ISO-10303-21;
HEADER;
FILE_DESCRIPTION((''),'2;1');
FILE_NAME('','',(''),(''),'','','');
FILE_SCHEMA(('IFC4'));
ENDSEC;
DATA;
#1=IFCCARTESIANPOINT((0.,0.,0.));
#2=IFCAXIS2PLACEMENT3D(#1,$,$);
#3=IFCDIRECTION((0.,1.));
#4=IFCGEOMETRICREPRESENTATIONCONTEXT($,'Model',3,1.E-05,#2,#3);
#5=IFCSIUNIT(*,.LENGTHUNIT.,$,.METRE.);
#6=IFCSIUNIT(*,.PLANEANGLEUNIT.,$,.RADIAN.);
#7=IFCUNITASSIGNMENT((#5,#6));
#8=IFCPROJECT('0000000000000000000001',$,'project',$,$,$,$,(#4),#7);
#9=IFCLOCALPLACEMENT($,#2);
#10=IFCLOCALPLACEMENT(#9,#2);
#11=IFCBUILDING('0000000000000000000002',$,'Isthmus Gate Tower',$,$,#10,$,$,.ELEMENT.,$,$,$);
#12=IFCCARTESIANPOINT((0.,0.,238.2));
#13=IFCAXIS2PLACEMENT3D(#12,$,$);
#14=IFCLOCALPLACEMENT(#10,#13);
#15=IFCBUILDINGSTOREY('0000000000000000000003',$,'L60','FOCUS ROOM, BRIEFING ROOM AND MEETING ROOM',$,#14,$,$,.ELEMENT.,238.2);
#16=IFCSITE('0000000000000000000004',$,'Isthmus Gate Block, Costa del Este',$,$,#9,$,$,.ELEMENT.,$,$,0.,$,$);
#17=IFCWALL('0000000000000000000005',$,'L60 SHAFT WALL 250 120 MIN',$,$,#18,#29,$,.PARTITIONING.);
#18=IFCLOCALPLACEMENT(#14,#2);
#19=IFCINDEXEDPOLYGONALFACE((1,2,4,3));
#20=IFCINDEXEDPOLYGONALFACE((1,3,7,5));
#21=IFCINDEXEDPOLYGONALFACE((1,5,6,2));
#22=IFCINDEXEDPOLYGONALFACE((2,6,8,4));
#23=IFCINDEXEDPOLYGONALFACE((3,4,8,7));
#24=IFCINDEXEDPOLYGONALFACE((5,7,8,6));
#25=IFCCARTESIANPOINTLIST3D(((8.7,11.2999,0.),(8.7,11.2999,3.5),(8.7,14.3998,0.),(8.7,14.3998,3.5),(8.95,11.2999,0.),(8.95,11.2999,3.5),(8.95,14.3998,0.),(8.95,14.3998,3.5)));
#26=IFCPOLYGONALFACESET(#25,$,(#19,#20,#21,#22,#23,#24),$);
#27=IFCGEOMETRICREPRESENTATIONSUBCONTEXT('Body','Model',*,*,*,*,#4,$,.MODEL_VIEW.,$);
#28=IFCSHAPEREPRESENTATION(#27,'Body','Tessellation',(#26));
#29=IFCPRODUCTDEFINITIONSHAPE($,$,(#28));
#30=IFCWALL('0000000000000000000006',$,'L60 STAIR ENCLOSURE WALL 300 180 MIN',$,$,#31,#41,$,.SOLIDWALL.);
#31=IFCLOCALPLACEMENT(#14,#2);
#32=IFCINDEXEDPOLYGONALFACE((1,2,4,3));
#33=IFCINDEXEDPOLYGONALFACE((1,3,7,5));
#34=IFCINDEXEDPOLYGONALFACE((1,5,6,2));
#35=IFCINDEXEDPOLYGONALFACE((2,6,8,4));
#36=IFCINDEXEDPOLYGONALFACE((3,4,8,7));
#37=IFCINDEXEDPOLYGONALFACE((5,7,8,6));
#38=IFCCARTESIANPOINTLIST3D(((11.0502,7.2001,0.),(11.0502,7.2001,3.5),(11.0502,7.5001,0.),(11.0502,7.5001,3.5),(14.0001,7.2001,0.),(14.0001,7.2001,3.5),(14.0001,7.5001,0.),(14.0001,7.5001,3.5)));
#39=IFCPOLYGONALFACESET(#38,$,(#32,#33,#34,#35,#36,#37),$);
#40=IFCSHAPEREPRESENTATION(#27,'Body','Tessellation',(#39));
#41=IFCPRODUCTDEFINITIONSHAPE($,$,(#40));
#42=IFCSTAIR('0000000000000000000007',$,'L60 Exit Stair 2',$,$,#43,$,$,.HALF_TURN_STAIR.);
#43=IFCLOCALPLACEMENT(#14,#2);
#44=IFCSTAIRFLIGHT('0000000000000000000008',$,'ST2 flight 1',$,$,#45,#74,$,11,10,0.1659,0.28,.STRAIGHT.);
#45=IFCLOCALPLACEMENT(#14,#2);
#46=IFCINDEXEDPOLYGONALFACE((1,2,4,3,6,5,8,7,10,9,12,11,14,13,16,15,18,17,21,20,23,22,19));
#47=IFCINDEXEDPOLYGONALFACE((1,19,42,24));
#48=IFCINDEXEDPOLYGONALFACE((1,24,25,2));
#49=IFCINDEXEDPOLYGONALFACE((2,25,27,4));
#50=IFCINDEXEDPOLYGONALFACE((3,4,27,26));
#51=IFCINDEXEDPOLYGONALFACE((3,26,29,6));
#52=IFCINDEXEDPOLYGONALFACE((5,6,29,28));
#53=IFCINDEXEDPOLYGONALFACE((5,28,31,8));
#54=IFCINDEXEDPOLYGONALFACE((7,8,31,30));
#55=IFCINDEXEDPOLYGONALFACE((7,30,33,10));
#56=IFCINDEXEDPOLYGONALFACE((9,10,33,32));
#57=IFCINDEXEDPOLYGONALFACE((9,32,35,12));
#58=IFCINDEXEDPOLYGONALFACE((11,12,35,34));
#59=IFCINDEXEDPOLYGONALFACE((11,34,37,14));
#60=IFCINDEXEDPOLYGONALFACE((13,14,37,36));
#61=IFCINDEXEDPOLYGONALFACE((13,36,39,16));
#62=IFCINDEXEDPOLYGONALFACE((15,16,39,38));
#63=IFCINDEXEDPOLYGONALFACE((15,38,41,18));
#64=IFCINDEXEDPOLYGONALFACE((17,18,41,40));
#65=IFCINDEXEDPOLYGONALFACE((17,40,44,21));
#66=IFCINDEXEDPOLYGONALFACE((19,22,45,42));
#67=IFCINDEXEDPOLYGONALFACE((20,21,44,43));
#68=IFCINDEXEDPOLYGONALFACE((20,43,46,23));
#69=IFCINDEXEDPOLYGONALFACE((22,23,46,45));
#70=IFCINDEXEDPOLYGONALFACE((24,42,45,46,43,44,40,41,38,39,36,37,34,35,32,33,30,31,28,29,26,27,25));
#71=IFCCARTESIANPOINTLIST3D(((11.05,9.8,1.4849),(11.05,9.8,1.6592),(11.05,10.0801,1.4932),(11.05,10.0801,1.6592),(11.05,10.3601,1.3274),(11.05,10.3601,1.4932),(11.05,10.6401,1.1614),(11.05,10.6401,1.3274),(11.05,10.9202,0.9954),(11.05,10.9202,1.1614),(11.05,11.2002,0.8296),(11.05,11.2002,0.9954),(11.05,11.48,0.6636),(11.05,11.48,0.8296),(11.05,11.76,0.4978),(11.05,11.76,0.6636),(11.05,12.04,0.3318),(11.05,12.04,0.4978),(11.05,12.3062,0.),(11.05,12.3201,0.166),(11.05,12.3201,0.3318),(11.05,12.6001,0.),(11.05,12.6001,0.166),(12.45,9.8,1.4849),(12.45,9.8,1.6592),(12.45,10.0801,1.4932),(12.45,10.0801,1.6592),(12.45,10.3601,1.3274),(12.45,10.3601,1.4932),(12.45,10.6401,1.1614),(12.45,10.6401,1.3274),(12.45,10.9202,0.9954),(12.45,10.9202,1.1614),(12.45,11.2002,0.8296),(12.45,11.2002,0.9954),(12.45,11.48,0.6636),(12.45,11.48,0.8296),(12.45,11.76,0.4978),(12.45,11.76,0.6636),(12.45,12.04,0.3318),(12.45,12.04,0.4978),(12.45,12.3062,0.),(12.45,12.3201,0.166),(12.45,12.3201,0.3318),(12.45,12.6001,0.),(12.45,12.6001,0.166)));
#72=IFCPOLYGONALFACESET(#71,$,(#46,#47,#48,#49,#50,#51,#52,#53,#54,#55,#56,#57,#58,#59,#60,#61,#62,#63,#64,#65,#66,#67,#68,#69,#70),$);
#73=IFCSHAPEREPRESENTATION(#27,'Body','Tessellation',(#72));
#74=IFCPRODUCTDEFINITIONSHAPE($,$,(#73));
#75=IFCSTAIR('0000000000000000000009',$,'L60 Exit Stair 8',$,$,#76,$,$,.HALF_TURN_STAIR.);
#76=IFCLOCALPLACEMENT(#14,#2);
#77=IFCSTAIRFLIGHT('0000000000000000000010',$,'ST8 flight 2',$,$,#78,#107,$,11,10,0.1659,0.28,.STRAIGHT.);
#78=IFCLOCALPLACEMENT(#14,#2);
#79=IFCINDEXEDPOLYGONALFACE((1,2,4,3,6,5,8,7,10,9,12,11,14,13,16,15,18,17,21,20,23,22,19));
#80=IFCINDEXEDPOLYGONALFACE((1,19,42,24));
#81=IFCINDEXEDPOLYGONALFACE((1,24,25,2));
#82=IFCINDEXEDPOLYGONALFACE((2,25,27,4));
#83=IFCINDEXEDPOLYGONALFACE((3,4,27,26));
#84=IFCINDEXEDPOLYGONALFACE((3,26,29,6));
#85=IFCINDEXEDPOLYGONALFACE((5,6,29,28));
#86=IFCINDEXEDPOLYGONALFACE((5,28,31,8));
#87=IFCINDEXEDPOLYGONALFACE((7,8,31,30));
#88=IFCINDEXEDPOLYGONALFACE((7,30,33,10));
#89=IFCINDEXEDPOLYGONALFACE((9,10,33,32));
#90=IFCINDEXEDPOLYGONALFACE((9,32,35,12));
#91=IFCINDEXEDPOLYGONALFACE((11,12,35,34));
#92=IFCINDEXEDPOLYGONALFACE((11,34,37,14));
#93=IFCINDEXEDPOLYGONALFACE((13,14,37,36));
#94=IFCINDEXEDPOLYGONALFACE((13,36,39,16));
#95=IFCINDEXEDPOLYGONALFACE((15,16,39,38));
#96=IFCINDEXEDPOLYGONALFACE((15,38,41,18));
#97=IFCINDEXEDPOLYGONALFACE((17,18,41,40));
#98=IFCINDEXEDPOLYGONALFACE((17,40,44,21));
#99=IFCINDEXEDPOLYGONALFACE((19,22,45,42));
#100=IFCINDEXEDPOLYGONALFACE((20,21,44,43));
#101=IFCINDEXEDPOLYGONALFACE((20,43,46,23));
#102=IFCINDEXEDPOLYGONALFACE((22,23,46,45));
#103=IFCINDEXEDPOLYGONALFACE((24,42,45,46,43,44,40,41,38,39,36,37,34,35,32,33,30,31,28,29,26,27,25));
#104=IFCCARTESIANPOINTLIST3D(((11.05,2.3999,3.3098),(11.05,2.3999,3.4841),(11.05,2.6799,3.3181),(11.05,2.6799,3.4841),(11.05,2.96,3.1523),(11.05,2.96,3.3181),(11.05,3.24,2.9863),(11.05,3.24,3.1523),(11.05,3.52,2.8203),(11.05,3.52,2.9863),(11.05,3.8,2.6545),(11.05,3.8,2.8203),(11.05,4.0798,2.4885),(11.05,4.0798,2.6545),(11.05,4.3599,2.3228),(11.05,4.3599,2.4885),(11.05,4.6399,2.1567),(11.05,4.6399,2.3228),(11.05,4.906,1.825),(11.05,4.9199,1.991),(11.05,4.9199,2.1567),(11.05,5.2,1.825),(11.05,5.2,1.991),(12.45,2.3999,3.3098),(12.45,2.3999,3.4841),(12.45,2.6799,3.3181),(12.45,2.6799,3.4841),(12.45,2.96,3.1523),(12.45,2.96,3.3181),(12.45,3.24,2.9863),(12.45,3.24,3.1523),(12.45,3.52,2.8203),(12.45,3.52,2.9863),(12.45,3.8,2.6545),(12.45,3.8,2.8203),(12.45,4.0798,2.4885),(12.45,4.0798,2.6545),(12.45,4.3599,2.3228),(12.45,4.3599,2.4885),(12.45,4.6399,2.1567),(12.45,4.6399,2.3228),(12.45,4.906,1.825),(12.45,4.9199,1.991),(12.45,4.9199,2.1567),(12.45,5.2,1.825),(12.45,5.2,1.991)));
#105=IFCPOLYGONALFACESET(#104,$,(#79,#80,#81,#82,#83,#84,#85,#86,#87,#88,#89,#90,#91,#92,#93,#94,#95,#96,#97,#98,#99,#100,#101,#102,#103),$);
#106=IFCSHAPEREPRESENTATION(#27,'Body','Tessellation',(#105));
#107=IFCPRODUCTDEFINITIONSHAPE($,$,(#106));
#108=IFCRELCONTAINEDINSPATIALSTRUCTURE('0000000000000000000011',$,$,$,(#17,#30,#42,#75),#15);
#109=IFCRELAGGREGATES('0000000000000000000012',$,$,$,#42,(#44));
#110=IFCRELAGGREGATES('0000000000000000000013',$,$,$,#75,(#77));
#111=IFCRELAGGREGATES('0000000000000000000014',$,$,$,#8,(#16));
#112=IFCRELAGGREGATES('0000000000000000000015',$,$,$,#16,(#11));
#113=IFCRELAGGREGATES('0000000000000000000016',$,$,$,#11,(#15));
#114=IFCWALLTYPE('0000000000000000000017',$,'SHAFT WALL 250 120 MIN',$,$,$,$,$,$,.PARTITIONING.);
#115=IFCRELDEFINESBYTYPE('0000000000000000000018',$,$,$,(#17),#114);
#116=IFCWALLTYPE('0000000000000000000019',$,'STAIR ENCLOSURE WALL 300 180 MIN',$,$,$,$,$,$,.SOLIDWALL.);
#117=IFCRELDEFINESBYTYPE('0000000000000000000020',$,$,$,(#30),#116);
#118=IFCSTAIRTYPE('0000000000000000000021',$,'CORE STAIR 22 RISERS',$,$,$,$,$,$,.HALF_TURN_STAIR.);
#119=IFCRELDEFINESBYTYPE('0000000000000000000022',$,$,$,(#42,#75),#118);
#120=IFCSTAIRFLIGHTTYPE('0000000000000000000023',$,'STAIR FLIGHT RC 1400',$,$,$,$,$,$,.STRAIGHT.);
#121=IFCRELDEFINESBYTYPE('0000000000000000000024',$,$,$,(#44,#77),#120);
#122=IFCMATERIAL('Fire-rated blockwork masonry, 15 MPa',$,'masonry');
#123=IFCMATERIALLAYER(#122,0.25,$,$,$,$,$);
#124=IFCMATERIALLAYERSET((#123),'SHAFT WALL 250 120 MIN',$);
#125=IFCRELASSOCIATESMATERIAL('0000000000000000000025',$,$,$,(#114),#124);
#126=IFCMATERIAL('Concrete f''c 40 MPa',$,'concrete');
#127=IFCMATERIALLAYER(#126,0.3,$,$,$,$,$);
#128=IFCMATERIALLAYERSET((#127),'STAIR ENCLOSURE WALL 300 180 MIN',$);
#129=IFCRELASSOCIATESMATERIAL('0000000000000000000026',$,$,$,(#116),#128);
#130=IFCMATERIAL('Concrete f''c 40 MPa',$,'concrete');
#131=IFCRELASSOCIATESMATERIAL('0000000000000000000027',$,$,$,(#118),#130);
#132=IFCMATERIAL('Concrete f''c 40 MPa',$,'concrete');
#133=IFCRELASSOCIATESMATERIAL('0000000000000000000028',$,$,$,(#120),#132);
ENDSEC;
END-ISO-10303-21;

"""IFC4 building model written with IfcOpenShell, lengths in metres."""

from ifc_helpers import new_model, si_unit, direction, frame, frame_2d, origin, place, context, subcontext, project, spatial, polyline, rectangle, outline, extrude, material, layer, layer_set, type_object, element, aggregate, save


model = new_model("IFC4")

# Units and contexts
model_context = context("Model", 3, precision=1e-05, world=origin(), true_north=direction((0.0, 1.0)))
body_context = subcontext(model_context, "Body", "Model", "MODEL_VIEW")
ifc_project = project(units=[si_unit("LENGTHUNIT", "METRE"), si_unit("PLANEANGLEUNIT", "RADIAN")], contexts=[model_context])

# Site, building, storey
site_placement = place(None, origin())
site = spatial("IfcSite", under=ifc_project, at=site_placement, Name="Isthmus Gate Block, Costa del Este", CompositionType="ELEMENT", RefElevation=0.0)
building_placement = place(site_placement, origin())
building = spatial("IfcBuilding", under=site, at=building_placement, Name="Isthmus Gate Tower", CompositionType="ELEMENT")
storey_placement = place(building_placement, frame((0.0, 0.0, 238.2)))
storey = spatial("IfcBuildingStorey", under=building, at=storey_placement, Name="L60", Description="FOCUS ROOM, BRIEFING ROOM AND MEETING ROOM", CompositionType="ELEMENT", Elevation=238.2)

# Walls
ifc_material_1 = material(Name="Fire-rated blockwork masonry, 15 MPa", Category="masonry")
ifc_layer_1 = layer(ifc_material_1, 0.25)
ifc_layer_set_1 = layer_set([ifc_layer_1], Name="SHAFT WALL 250 120 MIN")
wall_type_1 = type_object("IfcWallType", Name="SHAFT WALL 250 120 MIN", PredefinedType="PARTITIONING", material=ifc_layer_set_1)
for number, where, z_axis, x_axis, name in (
    (1, (8.825, 11.3, 0.0), (0.0, 0.0, 1.0), (0.0, 1.0, 0.0), "L60 SHAFT WALL 250 120 MIN"),
):
    element("IfcWall", number, at=place(storey_placement, frame(where, z_axis=z_axis, x_axis=x_axis)), inside=storey, type_object=wall_type_1, Name=name, PredefinedType="PARTITIONING", context=body_context, shape_type="SweptSolid", body=[
        extrude(rectangle(XDim=3.0999, YDim=0.25, at=frame_2d((1.5498, 0.0))), origin(), (0.0, 0.0, 1.0), 3.5),
    ])
ifc_material_2 = material(Name="Concrete f'c 40 MPa", Category="concrete")
ifc_layer_2 = layer(ifc_material_2, 0.3)
ifc_layer_set_2 = layer_set([ifc_layer_2], Name="STAIR ENCLOSURE WALL 300 180 MIN")
wall_type_2 = type_object("IfcWallType", Name="STAIR ENCLOSURE WALL 300 180 MIN", PredefinedType="SOLIDWALL", material=ifc_layer_set_2)
wall_1_placement = place(storey_placement, frame((11.05, 7.3501, 0.0), z_axis=(0.0, 0.0, 1.0), x_axis=(1.0, 0.0, 0.0)))
element("IfcWall", 2, at=wall_1_placement, inside=storey, type_object=wall_type_2, Name="L60 STAIR ENCLOSURE WALL 300 180 MIN", PredefinedType="SOLIDWALL", context=body_context, shape_type="SweptSolid", body=[
    extrude(rectangle(XDim=2.95, YDim=0.3, at=frame_2d((1.4751, 0.0))), origin(), (0.0, 0.0, 1.0), 3.5),
])

# Stairs, stair flights
ifc_material_3 = material(Name="Concrete f'c 40 MPa", Category="concrete")
stair_type = type_object("IfcStairType", Name="CORE STAIR 22 RISERS", PredefinedType="HALF_TURN_STAIR", material=ifc_material_3)
stair_1_placement = place(storey_placement, origin())
stair_1 = element("IfcStair", 3, at=stair_1_placement, inside=storey, type_object=stair_type, Name="L60 Exit Stair 2", PredefinedType="HALF_TURN_STAIR")
ifc_material_4 = material(Name="Concrete f'c 40 MPa", Category="concrete")
stair_flight_type = type_object("IfcStairFlightType", Name="STAIR FLIGHT RC 1400", PredefinedType="STRAIGHT", material=ifc_material_4)
stair_flight_1_placement = place(storey_placement, frame((11.75, 12.6001, 0.0), z_axis=(0.0, 0.0, 1.0), x_axis=(0.0, -1.0, 0.0)))
stair_flight_1 = element("IfcStairFlight", 4, at=stair_flight_1_placement, type_object=stair_flight_type, Name="ST2 flight 1", NumberOfRisers=11, NumberOfTreads=10, PredefinedType="STRAIGHT", RiserHeight=0.1659, TreadLength=0.28, context=body_context, shape_type="SweptSolid", body=[
    extrude(outline(polyline([(0.0, 0.0), (0.0, 0.166), (0.28, 0.166), (0.28, 0.3318), (0.5601, 0.3318), (0.5601, 0.4978), (0.8401, 0.4978), (0.8401, 0.6636), (1.1201, 0.6636), (1.1201, 0.8296), (1.3999, 0.8296), (1.3999, 0.9954), (1.6799, 0.9954), (1.6799, 1.1614), (1.96, 1.1614), (1.96, 1.3274), (2.24, 1.3274), (2.24, 1.4932), (2.52, 1.4932), (2.52, 1.6592), (2.8, 1.6592), (2.8, 1.825), (2.8, 1.4849), (0.2939, 0.0), (0.0, 0.0)])), frame((0.0, 0.7, 0.0), z_axis=(0.0, -1.0, 0.0), x_axis=(1.0, 0.0, 0.0)), (0.0, 0.0, 1.0), 1.3999),
])
aggregate(stair_1, [stair_flight_1])
stair_2_placement = place(storey_placement, origin())
stair_2 = element("IfcStair", 5, at=stair_2_placement, inside=storey, type_object=stair_type, Name="L60 Exit Stair 8", PredefinedType="HALF_TURN_STAIR")
stair_flight_2_placement = place(storey_placement, frame((11.75, 5.2, 1.825), z_axis=(0.0, 0.0, 1.0), x_axis=(0.0, -1.0, 0.0)))
stair_flight_2 = element("IfcStairFlight", 6, at=stair_flight_2_placement, type_object=stair_flight_type, Name="ST8 flight 2", NumberOfRisers=11, NumberOfTreads=10, PredefinedType="STRAIGHT", RiserHeight=0.1659, TreadLength=0.28, context=body_context, shape_type="SweptSolid", body=[
    extrude(outline(polyline([(0.0, 0.0), (0.0, 0.166), (0.28, 0.166), (0.28, 0.3318), (0.5601, 0.3318), (0.5601, 0.4978), (0.8401, 0.4978), (0.8401, 0.6636), (1.1201, 0.6636), (1.1201, 0.8296), (1.3999, 0.8296), (1.3999, 0.9954), (1.6799, 0.9954), (1.6799, 1.1614), (1.96, 1.1614), (1.96, 1.3274), (2.24, 1.3274), (2.24, 1.4932), (2.52, 1.4932), (2.52, 1.6592), (2.8, 1.6592), (2.8, 1.825), (2.8, 1.4849), (0.2939, 0.0), (0.0, 0.0)])), frame((0.0, 0.7, 0.0), z_axis=(0.0, -1.0, 0.0), x_axis=(1.0, 0.0, 0.0)), (0.0, 0.0, 1.0), 1.3999),
])
aggregate(stair_2, [stair_flight_2])

save(model, "model.ifc")
